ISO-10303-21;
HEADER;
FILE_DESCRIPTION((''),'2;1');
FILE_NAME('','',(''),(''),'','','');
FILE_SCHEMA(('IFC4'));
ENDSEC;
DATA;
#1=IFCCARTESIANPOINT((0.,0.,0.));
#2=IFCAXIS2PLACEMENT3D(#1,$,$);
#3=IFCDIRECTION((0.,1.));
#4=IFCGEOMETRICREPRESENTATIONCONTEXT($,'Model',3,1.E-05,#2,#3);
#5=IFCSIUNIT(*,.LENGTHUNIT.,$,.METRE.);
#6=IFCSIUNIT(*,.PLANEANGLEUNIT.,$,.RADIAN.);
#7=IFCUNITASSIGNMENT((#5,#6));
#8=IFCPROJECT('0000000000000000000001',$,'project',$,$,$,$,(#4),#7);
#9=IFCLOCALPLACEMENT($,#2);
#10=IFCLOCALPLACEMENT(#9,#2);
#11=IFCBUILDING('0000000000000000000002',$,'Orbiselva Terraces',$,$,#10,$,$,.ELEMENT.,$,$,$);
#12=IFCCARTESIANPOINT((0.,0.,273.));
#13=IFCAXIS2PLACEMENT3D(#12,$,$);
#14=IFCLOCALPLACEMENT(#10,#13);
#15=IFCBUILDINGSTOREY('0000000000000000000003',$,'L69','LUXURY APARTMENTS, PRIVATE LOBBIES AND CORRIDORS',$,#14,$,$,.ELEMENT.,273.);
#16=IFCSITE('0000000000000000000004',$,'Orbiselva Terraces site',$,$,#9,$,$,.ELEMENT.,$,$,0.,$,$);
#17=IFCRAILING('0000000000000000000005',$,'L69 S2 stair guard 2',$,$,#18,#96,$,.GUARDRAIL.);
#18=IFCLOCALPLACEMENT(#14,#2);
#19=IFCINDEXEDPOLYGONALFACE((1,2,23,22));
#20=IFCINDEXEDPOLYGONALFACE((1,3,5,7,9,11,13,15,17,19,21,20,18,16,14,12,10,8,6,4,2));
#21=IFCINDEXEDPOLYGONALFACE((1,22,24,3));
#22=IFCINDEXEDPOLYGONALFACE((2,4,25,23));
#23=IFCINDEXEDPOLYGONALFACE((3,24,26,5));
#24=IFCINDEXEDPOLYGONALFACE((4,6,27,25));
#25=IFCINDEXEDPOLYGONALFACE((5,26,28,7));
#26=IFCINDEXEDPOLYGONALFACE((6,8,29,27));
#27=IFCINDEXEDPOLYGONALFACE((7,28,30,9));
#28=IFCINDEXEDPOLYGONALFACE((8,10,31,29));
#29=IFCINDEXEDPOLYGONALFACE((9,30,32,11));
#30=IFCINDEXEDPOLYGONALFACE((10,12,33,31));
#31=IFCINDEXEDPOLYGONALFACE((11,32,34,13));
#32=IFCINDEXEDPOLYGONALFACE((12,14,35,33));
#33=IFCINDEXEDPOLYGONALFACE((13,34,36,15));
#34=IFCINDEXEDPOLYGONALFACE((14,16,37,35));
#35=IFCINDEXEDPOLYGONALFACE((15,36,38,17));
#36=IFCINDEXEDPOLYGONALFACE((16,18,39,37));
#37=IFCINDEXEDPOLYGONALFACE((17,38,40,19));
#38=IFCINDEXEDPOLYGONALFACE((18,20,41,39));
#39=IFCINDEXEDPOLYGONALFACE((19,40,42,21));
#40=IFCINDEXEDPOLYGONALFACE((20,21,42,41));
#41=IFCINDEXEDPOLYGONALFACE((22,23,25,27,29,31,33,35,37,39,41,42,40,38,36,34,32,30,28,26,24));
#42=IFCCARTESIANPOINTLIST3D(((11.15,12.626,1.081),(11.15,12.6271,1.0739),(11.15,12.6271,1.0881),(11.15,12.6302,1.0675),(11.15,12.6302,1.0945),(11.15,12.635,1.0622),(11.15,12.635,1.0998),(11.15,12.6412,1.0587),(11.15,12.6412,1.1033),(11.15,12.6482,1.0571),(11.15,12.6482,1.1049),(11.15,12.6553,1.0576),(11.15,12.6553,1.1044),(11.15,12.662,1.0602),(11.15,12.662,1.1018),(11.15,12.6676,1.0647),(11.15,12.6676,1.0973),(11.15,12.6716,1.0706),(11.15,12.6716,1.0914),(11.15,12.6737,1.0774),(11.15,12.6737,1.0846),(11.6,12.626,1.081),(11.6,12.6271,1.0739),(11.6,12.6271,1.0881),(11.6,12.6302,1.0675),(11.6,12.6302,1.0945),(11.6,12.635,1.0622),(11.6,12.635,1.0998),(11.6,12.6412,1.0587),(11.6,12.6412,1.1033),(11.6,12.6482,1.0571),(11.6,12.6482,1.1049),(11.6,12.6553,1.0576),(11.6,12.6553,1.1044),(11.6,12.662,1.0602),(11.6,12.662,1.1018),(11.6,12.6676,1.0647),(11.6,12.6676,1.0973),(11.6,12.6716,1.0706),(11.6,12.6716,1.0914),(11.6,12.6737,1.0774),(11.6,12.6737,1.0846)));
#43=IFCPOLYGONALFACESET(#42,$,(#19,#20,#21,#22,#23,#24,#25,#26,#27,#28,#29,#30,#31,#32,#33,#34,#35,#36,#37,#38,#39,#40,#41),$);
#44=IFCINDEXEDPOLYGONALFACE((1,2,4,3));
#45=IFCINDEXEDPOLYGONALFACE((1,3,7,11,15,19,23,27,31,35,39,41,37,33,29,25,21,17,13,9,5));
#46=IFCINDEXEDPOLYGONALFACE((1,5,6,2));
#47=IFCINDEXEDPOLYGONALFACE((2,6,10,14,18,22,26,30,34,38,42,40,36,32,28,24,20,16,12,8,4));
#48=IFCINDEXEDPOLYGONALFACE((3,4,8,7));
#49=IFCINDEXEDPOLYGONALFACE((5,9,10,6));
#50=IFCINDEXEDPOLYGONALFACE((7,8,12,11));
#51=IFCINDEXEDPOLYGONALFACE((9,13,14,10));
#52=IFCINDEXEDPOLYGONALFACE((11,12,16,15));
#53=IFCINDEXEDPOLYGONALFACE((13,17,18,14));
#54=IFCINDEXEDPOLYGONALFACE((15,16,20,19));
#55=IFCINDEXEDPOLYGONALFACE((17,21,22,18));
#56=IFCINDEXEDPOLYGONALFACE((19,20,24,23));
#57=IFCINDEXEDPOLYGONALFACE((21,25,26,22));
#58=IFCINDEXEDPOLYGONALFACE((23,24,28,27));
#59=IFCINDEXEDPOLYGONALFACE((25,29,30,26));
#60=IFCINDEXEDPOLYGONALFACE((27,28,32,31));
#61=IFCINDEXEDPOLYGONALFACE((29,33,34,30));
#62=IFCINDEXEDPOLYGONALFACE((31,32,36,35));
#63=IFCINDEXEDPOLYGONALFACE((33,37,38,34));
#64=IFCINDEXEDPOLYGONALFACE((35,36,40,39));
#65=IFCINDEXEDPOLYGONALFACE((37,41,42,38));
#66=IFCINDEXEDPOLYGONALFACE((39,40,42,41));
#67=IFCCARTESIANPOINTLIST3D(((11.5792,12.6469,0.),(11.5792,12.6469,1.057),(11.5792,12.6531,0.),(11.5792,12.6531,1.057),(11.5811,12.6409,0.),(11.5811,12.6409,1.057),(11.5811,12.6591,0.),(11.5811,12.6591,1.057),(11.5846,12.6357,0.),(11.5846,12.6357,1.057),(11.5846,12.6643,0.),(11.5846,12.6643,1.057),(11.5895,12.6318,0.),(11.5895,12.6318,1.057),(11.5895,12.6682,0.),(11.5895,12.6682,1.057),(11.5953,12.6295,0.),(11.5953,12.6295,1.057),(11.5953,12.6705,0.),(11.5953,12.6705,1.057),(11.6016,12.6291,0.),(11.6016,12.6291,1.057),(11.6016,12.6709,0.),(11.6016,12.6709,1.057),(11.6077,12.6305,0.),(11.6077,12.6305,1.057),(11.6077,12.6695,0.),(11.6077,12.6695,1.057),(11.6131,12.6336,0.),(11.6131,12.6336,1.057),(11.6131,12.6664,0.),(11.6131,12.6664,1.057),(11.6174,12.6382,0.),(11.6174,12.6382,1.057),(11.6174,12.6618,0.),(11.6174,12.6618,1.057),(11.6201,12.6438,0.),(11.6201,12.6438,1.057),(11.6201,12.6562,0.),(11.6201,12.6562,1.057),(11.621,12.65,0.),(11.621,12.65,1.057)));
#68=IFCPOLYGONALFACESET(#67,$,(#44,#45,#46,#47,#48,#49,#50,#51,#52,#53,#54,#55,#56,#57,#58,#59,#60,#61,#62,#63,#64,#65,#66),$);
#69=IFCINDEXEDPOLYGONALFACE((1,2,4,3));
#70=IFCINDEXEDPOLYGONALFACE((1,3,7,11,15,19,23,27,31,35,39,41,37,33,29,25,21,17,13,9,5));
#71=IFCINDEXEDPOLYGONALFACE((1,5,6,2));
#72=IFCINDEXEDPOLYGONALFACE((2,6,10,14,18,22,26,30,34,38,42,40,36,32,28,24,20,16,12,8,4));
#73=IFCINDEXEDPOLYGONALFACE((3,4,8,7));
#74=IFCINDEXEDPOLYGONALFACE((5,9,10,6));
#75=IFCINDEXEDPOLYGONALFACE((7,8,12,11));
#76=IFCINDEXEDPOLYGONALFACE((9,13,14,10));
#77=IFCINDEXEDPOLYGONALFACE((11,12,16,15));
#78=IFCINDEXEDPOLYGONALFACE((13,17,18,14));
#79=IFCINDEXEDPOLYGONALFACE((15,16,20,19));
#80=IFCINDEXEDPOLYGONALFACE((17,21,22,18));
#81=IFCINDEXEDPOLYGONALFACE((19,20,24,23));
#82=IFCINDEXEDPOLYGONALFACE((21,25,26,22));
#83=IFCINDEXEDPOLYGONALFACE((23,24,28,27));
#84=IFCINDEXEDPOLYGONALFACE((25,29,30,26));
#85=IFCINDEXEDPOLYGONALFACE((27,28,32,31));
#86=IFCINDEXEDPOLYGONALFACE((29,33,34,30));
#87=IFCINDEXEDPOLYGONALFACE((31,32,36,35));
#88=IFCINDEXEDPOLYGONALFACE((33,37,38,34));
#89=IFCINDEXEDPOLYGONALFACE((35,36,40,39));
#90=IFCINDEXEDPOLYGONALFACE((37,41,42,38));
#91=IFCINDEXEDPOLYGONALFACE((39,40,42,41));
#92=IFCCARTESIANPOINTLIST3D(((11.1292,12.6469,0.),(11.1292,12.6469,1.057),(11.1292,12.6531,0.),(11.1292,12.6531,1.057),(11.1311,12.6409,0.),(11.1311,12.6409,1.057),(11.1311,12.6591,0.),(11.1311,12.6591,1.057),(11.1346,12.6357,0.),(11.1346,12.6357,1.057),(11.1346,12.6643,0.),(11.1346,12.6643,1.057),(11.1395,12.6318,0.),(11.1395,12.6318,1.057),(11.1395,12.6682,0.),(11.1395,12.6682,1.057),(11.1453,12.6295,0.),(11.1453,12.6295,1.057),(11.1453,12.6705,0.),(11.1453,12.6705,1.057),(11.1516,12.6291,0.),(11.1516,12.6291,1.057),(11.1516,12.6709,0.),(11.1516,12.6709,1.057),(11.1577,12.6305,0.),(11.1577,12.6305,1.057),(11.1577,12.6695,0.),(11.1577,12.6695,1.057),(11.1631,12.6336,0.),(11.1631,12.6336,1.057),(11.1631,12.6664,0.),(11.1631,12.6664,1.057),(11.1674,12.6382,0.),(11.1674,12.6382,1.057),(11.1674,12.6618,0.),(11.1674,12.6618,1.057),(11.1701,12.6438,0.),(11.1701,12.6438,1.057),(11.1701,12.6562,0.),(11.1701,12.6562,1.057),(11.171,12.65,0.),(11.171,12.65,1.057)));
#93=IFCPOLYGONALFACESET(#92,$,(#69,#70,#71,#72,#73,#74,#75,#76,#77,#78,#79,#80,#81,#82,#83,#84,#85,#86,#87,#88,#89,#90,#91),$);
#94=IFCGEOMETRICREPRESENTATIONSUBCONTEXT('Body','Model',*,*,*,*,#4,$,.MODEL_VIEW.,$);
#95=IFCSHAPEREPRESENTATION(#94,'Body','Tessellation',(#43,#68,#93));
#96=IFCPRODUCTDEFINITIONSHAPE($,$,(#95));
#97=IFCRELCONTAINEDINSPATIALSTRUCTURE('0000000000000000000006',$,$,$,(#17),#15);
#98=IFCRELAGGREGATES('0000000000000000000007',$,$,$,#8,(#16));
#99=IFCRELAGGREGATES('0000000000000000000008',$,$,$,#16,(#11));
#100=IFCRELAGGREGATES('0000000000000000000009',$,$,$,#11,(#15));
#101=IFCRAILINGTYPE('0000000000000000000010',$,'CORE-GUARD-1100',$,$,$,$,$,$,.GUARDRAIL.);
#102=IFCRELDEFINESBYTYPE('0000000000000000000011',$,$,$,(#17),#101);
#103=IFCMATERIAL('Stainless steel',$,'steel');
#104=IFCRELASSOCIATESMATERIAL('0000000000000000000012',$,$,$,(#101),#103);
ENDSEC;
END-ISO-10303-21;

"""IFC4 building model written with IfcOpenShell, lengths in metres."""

from ifc_helpers import new_model, si_unit, direction, frame, origin, origin_2d, place, context, subcontext, project, spatial, circle, extrude, material, type_object, element, save


model = new_model("IFC4")

# Units and contexts
model_context = context("Model", 3, precision=1e-05, world=origin(), true_north=direction((0.0, 1.0)))
body_context = subcontext(model_context, "Body", "Model", "MODEL_VIEW")
ifc_project = project(units=[si_unit("LENGTHUNIT", "METRE"), si_unit("PLANEANGLEUNIT", "RADIAN")], contexts=[model_context])

# Site, building, storey
site_placement = place(None, origin())
site = spatial("IfcSite", under=ifc_project, at=site_placement, Name="Orbiselva Terraces site", CompositionType="ELEMENT", RefElevation=0.0)
building_placement = place(site_placement, origin())
building = spatial("IfcBuilding", under=site, at=building_placement, Name="Orbiselva Terraces", CompositionType="ELEMENT")
storey_placement = place(building_placement, frame((0.0, 0.0, 273.0)))
storey = spatial("IfcBuildingStorey", under=building, at=storey_placement, Name="L69", Description="LUXURY APARTMENTS, PRIVATE LOBBIES AND CORRIDORS", CompositionType="ELEMENT", Elevation=273.0)

# Railing
ifc_material_1 = material(Name="Stainless steel", Category="steel")
railing_type_1 = type_object("IfcRailingType", Name="CORE-GUARD-1100", PredefinedType="GUARDRAIL", material=ifc_material_1)
railing_1_placement = place(storey_placement, frame((11.6, 12.65, 0.0)))
element("IfcRailing", 1, at=railing_1_placement, inside=storey, type_object=railing_type_1, Name="L69 S2 stair guard 2", PredefinedType="GUARDRAIL", context=body_context, shape_type="SweptSolid", body=[
    extrude(circle(Radius=0.024, at=origin_2d()), frame((0.0, 0.0, 1.081), z_axis=(-1.0, 0.0, 0.0), x_axis=(0.0, -1.0, 0.0)), (0.0, 0.0, 1.0), 0.45),
    extrude(circle(Radius=0.021, at=origin_2d()), origin(), (0.0, 0.0, 1.0), 1.057),
    extrude(circle(Radius=0.021, at=origin_2d()), frame((-0.45, 0.0, 0.0)), (0.0, 0.0, 1.0), 1.057),
])

save(model, "model.ifc")
